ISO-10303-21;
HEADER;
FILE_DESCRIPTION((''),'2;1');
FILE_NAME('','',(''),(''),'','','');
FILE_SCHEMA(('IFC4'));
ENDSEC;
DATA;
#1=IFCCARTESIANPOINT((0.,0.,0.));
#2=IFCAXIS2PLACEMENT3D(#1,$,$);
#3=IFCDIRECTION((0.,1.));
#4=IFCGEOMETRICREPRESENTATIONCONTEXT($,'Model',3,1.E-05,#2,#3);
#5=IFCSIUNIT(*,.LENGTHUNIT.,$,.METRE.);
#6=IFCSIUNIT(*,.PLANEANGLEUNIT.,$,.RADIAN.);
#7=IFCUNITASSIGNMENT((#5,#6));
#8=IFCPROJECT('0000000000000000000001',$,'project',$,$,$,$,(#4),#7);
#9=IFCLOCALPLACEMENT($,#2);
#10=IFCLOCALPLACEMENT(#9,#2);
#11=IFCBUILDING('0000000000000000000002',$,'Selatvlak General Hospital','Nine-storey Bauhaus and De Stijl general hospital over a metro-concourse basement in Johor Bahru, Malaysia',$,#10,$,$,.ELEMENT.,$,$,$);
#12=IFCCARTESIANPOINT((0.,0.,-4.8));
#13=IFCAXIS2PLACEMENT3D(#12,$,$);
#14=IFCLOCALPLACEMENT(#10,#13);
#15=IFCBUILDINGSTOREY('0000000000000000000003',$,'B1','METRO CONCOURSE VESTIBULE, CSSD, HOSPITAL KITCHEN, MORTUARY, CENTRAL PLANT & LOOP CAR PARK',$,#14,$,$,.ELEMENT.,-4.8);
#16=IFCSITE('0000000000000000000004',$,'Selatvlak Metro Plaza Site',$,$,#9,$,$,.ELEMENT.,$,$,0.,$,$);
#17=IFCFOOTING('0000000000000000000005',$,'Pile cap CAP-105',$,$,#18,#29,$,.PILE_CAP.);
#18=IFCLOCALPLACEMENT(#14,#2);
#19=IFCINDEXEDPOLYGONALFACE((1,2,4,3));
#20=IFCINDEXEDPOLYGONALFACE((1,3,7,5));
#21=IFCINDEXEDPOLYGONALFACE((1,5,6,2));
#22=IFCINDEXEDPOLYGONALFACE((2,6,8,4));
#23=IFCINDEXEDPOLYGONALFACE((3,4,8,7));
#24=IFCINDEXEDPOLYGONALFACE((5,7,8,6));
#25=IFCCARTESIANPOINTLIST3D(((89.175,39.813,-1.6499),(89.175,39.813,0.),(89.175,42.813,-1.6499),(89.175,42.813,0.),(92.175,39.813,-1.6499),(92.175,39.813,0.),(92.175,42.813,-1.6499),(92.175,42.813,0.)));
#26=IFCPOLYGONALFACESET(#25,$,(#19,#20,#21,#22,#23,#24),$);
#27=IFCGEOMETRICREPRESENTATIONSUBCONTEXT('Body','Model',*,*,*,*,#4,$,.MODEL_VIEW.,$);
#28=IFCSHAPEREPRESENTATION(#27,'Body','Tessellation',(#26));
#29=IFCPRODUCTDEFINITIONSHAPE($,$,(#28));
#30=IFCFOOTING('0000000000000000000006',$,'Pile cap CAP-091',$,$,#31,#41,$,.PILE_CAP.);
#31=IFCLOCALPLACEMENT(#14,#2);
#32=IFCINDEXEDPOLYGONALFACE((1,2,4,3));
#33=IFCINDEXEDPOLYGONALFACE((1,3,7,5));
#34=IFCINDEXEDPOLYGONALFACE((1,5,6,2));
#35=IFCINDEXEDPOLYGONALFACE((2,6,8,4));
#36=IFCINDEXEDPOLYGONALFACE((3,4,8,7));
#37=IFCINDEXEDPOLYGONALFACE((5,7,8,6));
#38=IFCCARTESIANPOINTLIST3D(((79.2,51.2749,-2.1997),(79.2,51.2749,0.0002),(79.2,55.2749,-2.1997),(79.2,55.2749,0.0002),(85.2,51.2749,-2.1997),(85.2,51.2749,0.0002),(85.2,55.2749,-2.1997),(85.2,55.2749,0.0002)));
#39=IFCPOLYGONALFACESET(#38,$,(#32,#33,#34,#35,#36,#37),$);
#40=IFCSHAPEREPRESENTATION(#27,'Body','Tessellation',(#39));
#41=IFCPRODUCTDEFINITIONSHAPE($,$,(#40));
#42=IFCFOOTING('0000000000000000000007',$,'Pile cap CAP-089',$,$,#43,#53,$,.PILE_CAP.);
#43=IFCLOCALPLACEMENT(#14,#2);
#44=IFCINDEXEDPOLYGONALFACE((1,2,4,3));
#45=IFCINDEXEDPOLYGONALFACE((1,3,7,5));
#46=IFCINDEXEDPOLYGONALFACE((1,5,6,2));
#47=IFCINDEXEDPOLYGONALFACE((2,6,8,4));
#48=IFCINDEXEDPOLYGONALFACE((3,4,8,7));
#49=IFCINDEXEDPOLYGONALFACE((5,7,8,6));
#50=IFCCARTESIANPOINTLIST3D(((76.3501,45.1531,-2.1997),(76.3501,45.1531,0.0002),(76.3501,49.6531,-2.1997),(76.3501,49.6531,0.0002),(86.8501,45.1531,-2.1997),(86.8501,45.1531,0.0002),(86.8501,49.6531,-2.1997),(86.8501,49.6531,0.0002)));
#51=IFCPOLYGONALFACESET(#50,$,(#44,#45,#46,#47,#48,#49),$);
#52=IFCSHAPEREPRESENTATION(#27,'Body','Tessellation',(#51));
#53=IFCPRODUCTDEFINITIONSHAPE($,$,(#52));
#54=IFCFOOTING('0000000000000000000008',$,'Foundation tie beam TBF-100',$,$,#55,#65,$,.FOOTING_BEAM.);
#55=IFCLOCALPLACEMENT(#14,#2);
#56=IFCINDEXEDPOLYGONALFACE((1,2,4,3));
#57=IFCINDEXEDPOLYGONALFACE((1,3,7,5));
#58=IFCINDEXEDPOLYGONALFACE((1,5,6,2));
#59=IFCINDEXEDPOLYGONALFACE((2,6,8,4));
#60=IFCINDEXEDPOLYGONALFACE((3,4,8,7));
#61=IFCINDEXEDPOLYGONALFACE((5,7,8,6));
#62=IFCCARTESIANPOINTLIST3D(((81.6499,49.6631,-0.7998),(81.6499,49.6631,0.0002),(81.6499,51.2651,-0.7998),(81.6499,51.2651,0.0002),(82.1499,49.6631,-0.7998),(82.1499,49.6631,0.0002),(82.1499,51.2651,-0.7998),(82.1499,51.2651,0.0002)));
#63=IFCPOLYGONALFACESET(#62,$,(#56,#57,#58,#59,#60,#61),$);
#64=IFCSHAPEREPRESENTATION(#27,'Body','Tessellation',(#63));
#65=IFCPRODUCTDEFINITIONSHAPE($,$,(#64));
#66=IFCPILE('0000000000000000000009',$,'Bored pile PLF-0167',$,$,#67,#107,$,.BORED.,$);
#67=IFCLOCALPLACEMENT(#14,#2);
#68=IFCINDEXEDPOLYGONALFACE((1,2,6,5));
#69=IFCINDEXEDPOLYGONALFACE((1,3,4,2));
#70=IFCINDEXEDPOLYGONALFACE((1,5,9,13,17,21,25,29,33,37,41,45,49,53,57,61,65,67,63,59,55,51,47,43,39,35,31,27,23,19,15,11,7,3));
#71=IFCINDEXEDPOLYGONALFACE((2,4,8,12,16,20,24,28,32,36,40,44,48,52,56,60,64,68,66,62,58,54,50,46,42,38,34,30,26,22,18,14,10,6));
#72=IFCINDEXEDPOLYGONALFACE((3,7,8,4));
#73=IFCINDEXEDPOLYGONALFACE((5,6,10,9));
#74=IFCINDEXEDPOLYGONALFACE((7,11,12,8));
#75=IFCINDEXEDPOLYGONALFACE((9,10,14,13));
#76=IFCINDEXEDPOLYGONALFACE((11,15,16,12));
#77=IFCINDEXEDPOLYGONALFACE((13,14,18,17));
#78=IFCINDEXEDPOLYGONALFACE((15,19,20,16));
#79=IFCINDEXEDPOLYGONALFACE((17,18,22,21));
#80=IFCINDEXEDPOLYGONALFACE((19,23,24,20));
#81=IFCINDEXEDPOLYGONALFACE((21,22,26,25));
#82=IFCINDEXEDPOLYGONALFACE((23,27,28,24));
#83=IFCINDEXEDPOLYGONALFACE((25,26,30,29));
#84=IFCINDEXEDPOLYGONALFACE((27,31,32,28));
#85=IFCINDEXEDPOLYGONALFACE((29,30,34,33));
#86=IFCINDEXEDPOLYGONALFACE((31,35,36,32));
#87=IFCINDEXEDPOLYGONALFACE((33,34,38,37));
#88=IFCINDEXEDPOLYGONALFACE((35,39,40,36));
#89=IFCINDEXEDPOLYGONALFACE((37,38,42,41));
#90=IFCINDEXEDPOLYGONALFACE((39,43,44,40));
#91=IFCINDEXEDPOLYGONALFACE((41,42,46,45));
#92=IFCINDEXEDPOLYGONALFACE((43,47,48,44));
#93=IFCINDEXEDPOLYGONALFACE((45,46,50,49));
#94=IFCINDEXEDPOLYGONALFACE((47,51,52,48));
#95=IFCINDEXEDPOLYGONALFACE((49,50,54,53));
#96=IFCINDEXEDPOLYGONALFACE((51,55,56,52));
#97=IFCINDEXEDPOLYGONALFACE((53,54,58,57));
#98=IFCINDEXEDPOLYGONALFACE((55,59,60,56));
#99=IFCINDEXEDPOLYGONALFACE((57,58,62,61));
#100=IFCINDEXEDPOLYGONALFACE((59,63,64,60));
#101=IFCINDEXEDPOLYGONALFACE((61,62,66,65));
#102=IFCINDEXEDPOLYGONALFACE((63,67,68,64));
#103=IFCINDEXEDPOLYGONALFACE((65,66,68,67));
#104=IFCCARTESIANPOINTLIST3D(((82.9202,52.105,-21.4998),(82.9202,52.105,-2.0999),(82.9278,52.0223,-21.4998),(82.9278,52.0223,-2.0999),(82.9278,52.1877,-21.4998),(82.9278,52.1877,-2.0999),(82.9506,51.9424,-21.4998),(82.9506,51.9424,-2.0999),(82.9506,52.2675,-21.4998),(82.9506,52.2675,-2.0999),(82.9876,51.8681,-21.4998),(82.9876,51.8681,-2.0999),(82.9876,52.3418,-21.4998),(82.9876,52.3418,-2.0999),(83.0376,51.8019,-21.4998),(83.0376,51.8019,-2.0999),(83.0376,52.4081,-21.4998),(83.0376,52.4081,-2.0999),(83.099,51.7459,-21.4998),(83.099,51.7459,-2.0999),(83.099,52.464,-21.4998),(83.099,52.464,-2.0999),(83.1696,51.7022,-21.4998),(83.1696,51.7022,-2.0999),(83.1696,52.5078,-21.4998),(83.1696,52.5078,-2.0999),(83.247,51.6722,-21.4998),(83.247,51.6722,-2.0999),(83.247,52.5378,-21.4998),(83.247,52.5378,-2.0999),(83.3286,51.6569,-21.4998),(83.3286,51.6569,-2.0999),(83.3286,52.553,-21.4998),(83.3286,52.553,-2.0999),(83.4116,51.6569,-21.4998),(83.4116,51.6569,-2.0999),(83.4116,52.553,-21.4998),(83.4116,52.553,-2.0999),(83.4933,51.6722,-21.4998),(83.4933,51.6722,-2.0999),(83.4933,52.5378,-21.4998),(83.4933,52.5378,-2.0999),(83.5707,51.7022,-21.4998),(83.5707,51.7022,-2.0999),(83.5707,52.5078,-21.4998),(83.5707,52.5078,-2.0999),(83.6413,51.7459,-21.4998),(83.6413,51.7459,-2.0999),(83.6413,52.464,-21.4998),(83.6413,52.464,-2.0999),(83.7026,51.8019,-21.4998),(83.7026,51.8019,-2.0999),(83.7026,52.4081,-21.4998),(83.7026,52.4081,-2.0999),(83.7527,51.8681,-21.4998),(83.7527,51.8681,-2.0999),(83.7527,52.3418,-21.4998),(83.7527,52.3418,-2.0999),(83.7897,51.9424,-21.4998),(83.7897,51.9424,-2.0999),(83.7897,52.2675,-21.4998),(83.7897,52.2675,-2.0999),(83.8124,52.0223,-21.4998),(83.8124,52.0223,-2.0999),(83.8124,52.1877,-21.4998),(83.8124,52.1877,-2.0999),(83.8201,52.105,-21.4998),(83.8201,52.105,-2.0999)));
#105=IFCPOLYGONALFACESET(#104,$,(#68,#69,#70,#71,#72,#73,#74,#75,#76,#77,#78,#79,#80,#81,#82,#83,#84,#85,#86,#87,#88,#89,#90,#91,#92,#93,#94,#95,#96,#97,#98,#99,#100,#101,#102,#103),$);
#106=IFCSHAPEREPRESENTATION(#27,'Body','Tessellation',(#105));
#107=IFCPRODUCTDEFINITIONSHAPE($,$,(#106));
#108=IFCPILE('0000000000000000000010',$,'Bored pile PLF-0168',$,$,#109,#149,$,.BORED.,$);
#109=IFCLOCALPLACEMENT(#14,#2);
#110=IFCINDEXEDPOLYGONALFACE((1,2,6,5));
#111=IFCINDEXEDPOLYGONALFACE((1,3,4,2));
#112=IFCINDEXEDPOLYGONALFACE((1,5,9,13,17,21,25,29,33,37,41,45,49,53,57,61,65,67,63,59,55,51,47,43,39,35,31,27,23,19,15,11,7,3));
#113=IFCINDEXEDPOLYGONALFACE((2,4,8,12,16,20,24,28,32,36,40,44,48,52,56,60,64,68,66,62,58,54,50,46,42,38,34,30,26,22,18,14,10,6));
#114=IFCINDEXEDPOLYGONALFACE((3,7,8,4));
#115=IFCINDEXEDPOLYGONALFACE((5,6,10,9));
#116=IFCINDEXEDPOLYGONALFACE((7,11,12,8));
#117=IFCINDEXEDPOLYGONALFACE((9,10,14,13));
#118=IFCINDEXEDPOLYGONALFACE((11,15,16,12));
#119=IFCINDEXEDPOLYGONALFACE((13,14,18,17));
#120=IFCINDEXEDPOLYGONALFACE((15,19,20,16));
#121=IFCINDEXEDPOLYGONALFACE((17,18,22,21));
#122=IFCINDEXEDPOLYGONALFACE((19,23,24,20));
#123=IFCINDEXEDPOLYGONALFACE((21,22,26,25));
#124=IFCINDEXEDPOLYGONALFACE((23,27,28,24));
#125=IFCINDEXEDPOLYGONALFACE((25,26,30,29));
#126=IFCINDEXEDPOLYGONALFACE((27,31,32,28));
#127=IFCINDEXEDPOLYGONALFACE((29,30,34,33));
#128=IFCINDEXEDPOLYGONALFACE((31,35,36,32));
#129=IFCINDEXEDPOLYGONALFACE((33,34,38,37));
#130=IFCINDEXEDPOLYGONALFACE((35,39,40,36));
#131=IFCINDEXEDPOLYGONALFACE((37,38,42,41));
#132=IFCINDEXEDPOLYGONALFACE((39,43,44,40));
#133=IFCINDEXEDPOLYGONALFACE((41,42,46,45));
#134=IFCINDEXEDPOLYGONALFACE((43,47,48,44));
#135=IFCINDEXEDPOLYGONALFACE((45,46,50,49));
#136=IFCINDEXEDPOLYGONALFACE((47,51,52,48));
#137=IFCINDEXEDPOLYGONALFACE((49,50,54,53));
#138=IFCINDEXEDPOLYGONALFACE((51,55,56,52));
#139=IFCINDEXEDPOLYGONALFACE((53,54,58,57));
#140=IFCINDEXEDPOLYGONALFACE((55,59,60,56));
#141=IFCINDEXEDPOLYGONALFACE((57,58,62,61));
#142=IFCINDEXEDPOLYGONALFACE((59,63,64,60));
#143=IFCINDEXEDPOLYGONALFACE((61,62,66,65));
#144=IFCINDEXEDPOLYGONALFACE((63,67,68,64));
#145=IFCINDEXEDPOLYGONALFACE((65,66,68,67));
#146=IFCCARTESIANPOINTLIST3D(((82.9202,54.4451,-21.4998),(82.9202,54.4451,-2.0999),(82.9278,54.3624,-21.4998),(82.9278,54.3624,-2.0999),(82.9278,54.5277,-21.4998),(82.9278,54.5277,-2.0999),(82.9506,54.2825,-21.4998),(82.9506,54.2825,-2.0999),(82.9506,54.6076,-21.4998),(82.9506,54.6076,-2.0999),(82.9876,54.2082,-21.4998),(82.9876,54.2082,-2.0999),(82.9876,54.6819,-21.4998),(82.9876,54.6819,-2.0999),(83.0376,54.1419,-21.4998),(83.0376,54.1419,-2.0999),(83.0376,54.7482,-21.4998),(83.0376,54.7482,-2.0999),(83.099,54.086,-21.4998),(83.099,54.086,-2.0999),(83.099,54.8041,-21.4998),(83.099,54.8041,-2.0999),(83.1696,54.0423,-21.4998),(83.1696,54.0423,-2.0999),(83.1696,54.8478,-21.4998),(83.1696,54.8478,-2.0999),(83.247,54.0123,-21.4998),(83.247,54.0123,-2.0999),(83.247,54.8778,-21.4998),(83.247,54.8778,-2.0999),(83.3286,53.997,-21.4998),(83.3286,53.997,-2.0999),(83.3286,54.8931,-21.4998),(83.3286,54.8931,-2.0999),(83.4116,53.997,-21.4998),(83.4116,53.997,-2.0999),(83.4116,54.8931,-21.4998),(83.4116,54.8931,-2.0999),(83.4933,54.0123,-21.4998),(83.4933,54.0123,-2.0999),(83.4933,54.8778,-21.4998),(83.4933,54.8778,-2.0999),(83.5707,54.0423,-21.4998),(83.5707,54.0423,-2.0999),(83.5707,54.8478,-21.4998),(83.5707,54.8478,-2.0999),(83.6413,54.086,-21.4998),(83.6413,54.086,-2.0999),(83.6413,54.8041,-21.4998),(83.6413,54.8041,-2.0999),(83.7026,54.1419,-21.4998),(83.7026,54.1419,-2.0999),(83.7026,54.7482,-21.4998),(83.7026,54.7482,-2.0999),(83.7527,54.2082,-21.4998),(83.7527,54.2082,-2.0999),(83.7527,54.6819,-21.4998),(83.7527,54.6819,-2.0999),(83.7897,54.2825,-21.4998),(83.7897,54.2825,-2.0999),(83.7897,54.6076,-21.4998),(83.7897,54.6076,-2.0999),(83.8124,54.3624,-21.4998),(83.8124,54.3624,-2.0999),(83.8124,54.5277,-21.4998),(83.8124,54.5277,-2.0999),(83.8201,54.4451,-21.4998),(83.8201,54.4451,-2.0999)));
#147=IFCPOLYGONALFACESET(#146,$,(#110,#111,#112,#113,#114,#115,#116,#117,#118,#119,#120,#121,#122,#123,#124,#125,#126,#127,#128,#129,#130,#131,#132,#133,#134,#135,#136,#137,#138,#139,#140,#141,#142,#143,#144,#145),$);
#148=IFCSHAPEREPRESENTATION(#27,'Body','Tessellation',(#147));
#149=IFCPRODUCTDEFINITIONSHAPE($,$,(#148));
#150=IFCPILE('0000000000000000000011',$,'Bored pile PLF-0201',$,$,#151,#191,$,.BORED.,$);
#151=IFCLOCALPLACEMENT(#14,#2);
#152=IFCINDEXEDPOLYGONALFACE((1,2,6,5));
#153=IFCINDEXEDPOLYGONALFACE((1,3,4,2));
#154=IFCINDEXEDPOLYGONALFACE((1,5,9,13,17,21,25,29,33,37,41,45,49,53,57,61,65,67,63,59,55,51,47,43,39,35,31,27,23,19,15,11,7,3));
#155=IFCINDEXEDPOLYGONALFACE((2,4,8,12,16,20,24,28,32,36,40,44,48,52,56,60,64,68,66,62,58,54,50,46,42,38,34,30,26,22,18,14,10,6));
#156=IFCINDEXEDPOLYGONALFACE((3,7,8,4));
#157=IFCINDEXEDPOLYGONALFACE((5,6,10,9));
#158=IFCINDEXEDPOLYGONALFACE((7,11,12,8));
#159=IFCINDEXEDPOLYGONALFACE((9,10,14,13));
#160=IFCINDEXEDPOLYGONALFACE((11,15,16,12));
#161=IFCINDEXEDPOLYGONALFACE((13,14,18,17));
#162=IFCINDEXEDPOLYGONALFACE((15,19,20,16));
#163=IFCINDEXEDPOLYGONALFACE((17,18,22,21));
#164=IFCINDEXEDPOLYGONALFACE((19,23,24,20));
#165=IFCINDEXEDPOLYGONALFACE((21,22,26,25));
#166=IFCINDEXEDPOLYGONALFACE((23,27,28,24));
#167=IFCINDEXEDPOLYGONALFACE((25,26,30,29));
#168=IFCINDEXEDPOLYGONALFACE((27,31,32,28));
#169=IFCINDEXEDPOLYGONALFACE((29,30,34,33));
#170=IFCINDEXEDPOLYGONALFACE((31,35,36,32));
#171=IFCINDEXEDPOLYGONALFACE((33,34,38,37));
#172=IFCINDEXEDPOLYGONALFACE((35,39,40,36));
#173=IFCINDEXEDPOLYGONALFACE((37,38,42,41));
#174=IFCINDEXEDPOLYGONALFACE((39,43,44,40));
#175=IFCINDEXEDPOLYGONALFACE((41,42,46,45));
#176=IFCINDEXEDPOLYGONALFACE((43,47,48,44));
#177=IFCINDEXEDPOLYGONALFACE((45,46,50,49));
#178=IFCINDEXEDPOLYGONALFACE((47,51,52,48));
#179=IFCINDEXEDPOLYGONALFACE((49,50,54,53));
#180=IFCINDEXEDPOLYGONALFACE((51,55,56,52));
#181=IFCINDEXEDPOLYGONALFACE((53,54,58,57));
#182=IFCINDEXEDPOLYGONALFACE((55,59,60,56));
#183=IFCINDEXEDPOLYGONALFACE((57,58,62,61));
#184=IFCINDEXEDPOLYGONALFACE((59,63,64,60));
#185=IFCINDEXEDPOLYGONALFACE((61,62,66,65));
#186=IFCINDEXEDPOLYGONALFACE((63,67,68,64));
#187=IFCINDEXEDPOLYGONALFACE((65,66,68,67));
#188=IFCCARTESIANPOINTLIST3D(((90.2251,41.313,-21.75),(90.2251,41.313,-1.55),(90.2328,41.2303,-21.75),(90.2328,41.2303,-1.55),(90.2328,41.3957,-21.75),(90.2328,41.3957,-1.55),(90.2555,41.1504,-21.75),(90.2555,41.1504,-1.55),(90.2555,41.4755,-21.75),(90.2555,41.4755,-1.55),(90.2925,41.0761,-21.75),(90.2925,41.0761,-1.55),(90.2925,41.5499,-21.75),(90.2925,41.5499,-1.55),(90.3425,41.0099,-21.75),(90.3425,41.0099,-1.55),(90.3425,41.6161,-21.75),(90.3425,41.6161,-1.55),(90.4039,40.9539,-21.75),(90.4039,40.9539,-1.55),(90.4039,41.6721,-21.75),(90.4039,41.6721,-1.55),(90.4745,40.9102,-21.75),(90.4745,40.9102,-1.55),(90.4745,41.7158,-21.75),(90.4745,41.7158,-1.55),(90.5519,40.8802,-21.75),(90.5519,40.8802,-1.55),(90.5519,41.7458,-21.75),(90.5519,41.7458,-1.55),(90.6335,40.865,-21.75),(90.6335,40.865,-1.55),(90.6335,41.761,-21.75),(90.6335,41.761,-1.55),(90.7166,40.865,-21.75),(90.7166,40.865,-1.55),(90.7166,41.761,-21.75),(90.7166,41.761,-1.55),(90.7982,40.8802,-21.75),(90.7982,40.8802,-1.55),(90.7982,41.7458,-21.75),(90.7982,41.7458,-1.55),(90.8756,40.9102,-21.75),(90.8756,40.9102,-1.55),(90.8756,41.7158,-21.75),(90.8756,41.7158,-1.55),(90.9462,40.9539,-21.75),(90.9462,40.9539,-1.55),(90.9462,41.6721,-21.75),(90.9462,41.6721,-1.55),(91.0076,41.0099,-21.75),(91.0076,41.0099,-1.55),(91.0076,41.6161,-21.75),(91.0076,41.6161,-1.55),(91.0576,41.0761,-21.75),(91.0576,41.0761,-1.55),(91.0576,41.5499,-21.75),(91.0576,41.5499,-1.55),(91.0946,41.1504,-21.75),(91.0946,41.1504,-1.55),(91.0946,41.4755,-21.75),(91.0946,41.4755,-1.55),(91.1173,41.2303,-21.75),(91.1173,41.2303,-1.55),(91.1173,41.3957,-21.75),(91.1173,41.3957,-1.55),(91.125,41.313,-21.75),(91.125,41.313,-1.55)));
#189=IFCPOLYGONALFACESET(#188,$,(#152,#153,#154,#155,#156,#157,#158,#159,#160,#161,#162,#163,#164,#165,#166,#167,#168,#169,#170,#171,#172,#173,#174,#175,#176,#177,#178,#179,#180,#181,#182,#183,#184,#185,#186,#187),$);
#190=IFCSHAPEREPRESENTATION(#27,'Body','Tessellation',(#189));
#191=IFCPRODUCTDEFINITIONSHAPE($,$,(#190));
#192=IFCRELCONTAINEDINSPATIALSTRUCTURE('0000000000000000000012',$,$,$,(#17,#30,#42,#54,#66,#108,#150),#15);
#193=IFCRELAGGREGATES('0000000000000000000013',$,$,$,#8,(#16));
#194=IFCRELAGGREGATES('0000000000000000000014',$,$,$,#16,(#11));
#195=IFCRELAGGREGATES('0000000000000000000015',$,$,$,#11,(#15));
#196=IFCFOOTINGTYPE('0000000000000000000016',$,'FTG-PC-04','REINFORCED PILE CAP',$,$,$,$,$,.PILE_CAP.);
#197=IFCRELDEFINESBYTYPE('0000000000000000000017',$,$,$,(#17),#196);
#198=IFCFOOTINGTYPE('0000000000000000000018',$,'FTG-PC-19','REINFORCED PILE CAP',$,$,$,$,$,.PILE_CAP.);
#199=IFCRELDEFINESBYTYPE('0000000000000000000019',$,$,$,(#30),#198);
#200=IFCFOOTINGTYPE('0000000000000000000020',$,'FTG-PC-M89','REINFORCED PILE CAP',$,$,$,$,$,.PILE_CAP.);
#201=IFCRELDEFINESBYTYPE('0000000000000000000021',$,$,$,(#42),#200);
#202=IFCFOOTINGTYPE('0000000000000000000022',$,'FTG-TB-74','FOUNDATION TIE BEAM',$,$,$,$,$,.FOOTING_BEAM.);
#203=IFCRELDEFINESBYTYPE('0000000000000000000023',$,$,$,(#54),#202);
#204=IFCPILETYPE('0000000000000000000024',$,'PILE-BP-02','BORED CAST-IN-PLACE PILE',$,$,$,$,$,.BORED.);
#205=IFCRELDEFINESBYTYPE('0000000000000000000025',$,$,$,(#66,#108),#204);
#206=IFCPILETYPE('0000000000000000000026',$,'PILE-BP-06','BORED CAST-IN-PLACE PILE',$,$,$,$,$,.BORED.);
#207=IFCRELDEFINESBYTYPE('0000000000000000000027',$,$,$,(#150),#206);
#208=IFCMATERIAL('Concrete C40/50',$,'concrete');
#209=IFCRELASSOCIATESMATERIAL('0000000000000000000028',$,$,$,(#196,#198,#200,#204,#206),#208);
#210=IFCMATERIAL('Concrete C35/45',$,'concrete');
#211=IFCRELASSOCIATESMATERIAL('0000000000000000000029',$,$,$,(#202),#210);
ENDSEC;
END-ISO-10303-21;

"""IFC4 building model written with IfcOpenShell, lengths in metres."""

from ifc_helpers import new_model, si_unit, direction, frame, origin, origin_2d, place, context, subcontext, project, spatial, rectangle, circle, extrude, material, material_profile, profile_set, type_object, element, save


model = new_model("IFC4")

# Units and contexts
model_context = context("Model", 3, precision=1e-05, world=origin(), true_north=direction((0.0, 1.0)))
body_context = subcontext(model_context, "Body", "Model", "MODEL_VIEW")
ifc_project = project(units=[si_unit("LENGTHUNIT", "METRE"), si_unit("PLANEANGLEUNIT", "RADIAN")], contexts=[model_context])

# Site, building, storey
site_placement = place(None, origin())
site = spatial("IfcSite", under=ifc_project, at=site_placement, Name="Selatvlak Metro Plaza Site", CompositionType="ELEMENT", RefElevation=0.0)
building_placement = place(site_placement, origin())
building = spatial("IfcBuilding", under=site, at=building_placement, Name="Selatvlak General Hospital", Description="Nine-storey Bauhaus and De Stijl general hospital over a metro-concourse basement in Johor Bahru, Malaysia", CompositionType="ELEMENT")
storey_placement = place(building_placement, frame((0.0, 0.0, -4.8)))
storey = spatial("IfcBuildingStorey", under=building, at=storey_placement, Name="B1", Description="METRO CONCOURSE VESTIBULE, CSSD, HOSPITAL KITCHEN, MORTUARY, CENTRAL PLANT & LOOP CAR PARK", CompositionType="ELEMENT", Elevation=-4.8)

# Footings
ifc_material_1 = material(Name="Concrete C40/50", Category="concrete")
footing_type_1 = type_object("IfcFootingType", Name="FTG-PC-04", Description="REINFORCED PILE CAP", PredefinedType="PILE_CAP", material=ifc_material_1)
footing_1_placement = place(storey_placement, frame((90.675, 41.313, -1.6499), z_axis=(0.0, 0.0, 1.0), x_axis=(1.0, 0.0, 0.0)))
element("IfcFooting", 1, at=footing_1_placement, inside=storey, type_object=footing_type_1, Name="Pile cap CAP-105", PredefinedType="PILE_CAP", context=body_context, shape_type="SweptSolid", body=[
    extrude(rectangle(XDim=3.0, YDim=3.0, at=origin_2d()), origin(), (0.0, 0.0, 1.0), 1.6499),
])
footing_type_2 = type_object("IfcFootingType", Name="FTG-PC-19", Description="REINFORCED PILE CAP", PredefinedType="PILE_CAP", material=ifc_material_1)
footing_2_placement = place(storey_placement, frame((82.2, 53.2749, -2.1997), z_axis=(0.0, 0.0, 1.0), x_axis=(1.0, 0.0, 0.0)))
element("IfcFooting", 2, at=footing_2_placement, inside=storey, type_object=footing_type_2, Name="Pile cap CAP-091", PredefinedType="PILE_CAP", context=body_context, shape_type="SweptSolid", body=[
    extrude(rectangle(XDim=6.0, YDim=4.0, at=origin_2d()), origin(), (0.0, 0.0, 1.0), 2.2),
])
footing_type_3 = type_object("IfcFootingType", Name="FTG-PC-M89", Description="REINFORCED PILE CAP", PredefinedType="PILE_CAP", material=ifc_material_1)
footing_3_placement = place(storey_placement, frame((81.6001, 47.4031, -2.1997), z_axis=(0.0, 0.0, 1.0), x_axis=(1.0, 0.0, 0.0)))
element("IfcFooting", 3, at=footing_3_placement, inside=storey, type_object=footing_type_3, Name="Pile cap CAP-089", PredefinedType="PILE_CAP", context=body_context, shape_type="SweptSolid", body=[
    extrude(rectangle(XDim=10.5, YDim=4.5, at=origin_2d()), origin(), (0.0, 0.0, 1.0), 2.2),
])
ifc_material_2 = material(Name="Concrete C35/45", Category="concrete")
footing_type_4 = type_object("IfcFootingType", Name="FTG-TB-74", Description="FOUNDATION TIE BEAM", PredefinedType="FOOTING_BEAM", material=ifc_material_2)
footing_4_placement = place(storey_placement, frame((81.8999, 50.4641, -0.7998), z_axis=(0.0, 0.0, 1.0), x_axis=(0.0, 1.0, 0.0)))
element("IfcFooting", 4, at=footing_4_placement, inside=storey, type_object=footing_type_4, Name="Foundation tie beam TBF-100", PredefinedType="FOOTING_BEAM", context=body_context, shape_type="SweptSolid", body=[
    extrude(rectangle(XDim=1.6021, YDim=0.5, at=origin_2d()), origin(), (0.0, 0.0, 1.0), 0.8),
])

# Piles
ifc_material_profile_1 = material_profile(ifc_material_1, circle(Radius=0.45, at=origin_2d()), Name="BORED PILE 900")
ifc_profile_set_1 = profile_set([ifc_material_profile_1], Name="Concrete C40/50")
pile_type_1 = type_object("IfcPileType", Name="PILE-BP-02", Description="BORED CAST-IN-PLACE PILE", PredefinedType="BORED", material=ifc_profile_set_1)
for number, where, z_axis, x_axis, name in (
    (5, (83.3701, 52.105, -2.0999), (0.0, 0.0, -1.0), (1.0, 0.0, 0.0), "Bored pile PLF-0167"),
    (6, (83.3701, 54.4451, -2.0999), (0.0, 0.0, -1.0), (1.0, 0.0, 0.0), "Bored pile PLF-0168"),
):
    element("IfcPile", number, at=place(storey_placement, frame(where, z_axis=z_axis, x_axis=x_axis)), inside=storey, type_object=pile_type_1, Name=name, PredefinedType="BORED", context=body_context, shape_type="SweptSolid", body=[
        extrude(circle(Radius=0.45, at=origin_2d()), origin(), (0.0, 0.0, 1.0), 19.3999),
    ])
ifc_material_profile_2 = material_profile(ifc_material_1, circle(Radius=0.45, at=origin_2d()), Name="BORED PILE 900")
ifc_profile_set_2 = profile_set([ifc_material_profile_2], Name="Concrete C40/50")
pile_type_2 = type_object("IfcPileType", Name="PILE-BP-06", Description="BORED CAST-IN-PLACE PILE", PredefinedType="BORED", material=ifc_profile_set_2)
pile_1_placement = place(storey_placement, frame((90.675, 41.313, -1.55), z_axis=(0.0, 0.0, -1.0), x_axis=(1.0, 0.0, 0.0)))
element("IfcPile", 7, at=pile_1_placement, inside=storey, type_object=pile_type_2, Name="Bored pile PLF-0201", PredefinedType="BORED", context=body_context, shape_type="SweptSolid", body=[
    extrude(circle(Radius=0.45, at=origin_2d()), origin(), (0.0, 0.0, 1.0), 20.2),
])

save(model, "model.ifc")
